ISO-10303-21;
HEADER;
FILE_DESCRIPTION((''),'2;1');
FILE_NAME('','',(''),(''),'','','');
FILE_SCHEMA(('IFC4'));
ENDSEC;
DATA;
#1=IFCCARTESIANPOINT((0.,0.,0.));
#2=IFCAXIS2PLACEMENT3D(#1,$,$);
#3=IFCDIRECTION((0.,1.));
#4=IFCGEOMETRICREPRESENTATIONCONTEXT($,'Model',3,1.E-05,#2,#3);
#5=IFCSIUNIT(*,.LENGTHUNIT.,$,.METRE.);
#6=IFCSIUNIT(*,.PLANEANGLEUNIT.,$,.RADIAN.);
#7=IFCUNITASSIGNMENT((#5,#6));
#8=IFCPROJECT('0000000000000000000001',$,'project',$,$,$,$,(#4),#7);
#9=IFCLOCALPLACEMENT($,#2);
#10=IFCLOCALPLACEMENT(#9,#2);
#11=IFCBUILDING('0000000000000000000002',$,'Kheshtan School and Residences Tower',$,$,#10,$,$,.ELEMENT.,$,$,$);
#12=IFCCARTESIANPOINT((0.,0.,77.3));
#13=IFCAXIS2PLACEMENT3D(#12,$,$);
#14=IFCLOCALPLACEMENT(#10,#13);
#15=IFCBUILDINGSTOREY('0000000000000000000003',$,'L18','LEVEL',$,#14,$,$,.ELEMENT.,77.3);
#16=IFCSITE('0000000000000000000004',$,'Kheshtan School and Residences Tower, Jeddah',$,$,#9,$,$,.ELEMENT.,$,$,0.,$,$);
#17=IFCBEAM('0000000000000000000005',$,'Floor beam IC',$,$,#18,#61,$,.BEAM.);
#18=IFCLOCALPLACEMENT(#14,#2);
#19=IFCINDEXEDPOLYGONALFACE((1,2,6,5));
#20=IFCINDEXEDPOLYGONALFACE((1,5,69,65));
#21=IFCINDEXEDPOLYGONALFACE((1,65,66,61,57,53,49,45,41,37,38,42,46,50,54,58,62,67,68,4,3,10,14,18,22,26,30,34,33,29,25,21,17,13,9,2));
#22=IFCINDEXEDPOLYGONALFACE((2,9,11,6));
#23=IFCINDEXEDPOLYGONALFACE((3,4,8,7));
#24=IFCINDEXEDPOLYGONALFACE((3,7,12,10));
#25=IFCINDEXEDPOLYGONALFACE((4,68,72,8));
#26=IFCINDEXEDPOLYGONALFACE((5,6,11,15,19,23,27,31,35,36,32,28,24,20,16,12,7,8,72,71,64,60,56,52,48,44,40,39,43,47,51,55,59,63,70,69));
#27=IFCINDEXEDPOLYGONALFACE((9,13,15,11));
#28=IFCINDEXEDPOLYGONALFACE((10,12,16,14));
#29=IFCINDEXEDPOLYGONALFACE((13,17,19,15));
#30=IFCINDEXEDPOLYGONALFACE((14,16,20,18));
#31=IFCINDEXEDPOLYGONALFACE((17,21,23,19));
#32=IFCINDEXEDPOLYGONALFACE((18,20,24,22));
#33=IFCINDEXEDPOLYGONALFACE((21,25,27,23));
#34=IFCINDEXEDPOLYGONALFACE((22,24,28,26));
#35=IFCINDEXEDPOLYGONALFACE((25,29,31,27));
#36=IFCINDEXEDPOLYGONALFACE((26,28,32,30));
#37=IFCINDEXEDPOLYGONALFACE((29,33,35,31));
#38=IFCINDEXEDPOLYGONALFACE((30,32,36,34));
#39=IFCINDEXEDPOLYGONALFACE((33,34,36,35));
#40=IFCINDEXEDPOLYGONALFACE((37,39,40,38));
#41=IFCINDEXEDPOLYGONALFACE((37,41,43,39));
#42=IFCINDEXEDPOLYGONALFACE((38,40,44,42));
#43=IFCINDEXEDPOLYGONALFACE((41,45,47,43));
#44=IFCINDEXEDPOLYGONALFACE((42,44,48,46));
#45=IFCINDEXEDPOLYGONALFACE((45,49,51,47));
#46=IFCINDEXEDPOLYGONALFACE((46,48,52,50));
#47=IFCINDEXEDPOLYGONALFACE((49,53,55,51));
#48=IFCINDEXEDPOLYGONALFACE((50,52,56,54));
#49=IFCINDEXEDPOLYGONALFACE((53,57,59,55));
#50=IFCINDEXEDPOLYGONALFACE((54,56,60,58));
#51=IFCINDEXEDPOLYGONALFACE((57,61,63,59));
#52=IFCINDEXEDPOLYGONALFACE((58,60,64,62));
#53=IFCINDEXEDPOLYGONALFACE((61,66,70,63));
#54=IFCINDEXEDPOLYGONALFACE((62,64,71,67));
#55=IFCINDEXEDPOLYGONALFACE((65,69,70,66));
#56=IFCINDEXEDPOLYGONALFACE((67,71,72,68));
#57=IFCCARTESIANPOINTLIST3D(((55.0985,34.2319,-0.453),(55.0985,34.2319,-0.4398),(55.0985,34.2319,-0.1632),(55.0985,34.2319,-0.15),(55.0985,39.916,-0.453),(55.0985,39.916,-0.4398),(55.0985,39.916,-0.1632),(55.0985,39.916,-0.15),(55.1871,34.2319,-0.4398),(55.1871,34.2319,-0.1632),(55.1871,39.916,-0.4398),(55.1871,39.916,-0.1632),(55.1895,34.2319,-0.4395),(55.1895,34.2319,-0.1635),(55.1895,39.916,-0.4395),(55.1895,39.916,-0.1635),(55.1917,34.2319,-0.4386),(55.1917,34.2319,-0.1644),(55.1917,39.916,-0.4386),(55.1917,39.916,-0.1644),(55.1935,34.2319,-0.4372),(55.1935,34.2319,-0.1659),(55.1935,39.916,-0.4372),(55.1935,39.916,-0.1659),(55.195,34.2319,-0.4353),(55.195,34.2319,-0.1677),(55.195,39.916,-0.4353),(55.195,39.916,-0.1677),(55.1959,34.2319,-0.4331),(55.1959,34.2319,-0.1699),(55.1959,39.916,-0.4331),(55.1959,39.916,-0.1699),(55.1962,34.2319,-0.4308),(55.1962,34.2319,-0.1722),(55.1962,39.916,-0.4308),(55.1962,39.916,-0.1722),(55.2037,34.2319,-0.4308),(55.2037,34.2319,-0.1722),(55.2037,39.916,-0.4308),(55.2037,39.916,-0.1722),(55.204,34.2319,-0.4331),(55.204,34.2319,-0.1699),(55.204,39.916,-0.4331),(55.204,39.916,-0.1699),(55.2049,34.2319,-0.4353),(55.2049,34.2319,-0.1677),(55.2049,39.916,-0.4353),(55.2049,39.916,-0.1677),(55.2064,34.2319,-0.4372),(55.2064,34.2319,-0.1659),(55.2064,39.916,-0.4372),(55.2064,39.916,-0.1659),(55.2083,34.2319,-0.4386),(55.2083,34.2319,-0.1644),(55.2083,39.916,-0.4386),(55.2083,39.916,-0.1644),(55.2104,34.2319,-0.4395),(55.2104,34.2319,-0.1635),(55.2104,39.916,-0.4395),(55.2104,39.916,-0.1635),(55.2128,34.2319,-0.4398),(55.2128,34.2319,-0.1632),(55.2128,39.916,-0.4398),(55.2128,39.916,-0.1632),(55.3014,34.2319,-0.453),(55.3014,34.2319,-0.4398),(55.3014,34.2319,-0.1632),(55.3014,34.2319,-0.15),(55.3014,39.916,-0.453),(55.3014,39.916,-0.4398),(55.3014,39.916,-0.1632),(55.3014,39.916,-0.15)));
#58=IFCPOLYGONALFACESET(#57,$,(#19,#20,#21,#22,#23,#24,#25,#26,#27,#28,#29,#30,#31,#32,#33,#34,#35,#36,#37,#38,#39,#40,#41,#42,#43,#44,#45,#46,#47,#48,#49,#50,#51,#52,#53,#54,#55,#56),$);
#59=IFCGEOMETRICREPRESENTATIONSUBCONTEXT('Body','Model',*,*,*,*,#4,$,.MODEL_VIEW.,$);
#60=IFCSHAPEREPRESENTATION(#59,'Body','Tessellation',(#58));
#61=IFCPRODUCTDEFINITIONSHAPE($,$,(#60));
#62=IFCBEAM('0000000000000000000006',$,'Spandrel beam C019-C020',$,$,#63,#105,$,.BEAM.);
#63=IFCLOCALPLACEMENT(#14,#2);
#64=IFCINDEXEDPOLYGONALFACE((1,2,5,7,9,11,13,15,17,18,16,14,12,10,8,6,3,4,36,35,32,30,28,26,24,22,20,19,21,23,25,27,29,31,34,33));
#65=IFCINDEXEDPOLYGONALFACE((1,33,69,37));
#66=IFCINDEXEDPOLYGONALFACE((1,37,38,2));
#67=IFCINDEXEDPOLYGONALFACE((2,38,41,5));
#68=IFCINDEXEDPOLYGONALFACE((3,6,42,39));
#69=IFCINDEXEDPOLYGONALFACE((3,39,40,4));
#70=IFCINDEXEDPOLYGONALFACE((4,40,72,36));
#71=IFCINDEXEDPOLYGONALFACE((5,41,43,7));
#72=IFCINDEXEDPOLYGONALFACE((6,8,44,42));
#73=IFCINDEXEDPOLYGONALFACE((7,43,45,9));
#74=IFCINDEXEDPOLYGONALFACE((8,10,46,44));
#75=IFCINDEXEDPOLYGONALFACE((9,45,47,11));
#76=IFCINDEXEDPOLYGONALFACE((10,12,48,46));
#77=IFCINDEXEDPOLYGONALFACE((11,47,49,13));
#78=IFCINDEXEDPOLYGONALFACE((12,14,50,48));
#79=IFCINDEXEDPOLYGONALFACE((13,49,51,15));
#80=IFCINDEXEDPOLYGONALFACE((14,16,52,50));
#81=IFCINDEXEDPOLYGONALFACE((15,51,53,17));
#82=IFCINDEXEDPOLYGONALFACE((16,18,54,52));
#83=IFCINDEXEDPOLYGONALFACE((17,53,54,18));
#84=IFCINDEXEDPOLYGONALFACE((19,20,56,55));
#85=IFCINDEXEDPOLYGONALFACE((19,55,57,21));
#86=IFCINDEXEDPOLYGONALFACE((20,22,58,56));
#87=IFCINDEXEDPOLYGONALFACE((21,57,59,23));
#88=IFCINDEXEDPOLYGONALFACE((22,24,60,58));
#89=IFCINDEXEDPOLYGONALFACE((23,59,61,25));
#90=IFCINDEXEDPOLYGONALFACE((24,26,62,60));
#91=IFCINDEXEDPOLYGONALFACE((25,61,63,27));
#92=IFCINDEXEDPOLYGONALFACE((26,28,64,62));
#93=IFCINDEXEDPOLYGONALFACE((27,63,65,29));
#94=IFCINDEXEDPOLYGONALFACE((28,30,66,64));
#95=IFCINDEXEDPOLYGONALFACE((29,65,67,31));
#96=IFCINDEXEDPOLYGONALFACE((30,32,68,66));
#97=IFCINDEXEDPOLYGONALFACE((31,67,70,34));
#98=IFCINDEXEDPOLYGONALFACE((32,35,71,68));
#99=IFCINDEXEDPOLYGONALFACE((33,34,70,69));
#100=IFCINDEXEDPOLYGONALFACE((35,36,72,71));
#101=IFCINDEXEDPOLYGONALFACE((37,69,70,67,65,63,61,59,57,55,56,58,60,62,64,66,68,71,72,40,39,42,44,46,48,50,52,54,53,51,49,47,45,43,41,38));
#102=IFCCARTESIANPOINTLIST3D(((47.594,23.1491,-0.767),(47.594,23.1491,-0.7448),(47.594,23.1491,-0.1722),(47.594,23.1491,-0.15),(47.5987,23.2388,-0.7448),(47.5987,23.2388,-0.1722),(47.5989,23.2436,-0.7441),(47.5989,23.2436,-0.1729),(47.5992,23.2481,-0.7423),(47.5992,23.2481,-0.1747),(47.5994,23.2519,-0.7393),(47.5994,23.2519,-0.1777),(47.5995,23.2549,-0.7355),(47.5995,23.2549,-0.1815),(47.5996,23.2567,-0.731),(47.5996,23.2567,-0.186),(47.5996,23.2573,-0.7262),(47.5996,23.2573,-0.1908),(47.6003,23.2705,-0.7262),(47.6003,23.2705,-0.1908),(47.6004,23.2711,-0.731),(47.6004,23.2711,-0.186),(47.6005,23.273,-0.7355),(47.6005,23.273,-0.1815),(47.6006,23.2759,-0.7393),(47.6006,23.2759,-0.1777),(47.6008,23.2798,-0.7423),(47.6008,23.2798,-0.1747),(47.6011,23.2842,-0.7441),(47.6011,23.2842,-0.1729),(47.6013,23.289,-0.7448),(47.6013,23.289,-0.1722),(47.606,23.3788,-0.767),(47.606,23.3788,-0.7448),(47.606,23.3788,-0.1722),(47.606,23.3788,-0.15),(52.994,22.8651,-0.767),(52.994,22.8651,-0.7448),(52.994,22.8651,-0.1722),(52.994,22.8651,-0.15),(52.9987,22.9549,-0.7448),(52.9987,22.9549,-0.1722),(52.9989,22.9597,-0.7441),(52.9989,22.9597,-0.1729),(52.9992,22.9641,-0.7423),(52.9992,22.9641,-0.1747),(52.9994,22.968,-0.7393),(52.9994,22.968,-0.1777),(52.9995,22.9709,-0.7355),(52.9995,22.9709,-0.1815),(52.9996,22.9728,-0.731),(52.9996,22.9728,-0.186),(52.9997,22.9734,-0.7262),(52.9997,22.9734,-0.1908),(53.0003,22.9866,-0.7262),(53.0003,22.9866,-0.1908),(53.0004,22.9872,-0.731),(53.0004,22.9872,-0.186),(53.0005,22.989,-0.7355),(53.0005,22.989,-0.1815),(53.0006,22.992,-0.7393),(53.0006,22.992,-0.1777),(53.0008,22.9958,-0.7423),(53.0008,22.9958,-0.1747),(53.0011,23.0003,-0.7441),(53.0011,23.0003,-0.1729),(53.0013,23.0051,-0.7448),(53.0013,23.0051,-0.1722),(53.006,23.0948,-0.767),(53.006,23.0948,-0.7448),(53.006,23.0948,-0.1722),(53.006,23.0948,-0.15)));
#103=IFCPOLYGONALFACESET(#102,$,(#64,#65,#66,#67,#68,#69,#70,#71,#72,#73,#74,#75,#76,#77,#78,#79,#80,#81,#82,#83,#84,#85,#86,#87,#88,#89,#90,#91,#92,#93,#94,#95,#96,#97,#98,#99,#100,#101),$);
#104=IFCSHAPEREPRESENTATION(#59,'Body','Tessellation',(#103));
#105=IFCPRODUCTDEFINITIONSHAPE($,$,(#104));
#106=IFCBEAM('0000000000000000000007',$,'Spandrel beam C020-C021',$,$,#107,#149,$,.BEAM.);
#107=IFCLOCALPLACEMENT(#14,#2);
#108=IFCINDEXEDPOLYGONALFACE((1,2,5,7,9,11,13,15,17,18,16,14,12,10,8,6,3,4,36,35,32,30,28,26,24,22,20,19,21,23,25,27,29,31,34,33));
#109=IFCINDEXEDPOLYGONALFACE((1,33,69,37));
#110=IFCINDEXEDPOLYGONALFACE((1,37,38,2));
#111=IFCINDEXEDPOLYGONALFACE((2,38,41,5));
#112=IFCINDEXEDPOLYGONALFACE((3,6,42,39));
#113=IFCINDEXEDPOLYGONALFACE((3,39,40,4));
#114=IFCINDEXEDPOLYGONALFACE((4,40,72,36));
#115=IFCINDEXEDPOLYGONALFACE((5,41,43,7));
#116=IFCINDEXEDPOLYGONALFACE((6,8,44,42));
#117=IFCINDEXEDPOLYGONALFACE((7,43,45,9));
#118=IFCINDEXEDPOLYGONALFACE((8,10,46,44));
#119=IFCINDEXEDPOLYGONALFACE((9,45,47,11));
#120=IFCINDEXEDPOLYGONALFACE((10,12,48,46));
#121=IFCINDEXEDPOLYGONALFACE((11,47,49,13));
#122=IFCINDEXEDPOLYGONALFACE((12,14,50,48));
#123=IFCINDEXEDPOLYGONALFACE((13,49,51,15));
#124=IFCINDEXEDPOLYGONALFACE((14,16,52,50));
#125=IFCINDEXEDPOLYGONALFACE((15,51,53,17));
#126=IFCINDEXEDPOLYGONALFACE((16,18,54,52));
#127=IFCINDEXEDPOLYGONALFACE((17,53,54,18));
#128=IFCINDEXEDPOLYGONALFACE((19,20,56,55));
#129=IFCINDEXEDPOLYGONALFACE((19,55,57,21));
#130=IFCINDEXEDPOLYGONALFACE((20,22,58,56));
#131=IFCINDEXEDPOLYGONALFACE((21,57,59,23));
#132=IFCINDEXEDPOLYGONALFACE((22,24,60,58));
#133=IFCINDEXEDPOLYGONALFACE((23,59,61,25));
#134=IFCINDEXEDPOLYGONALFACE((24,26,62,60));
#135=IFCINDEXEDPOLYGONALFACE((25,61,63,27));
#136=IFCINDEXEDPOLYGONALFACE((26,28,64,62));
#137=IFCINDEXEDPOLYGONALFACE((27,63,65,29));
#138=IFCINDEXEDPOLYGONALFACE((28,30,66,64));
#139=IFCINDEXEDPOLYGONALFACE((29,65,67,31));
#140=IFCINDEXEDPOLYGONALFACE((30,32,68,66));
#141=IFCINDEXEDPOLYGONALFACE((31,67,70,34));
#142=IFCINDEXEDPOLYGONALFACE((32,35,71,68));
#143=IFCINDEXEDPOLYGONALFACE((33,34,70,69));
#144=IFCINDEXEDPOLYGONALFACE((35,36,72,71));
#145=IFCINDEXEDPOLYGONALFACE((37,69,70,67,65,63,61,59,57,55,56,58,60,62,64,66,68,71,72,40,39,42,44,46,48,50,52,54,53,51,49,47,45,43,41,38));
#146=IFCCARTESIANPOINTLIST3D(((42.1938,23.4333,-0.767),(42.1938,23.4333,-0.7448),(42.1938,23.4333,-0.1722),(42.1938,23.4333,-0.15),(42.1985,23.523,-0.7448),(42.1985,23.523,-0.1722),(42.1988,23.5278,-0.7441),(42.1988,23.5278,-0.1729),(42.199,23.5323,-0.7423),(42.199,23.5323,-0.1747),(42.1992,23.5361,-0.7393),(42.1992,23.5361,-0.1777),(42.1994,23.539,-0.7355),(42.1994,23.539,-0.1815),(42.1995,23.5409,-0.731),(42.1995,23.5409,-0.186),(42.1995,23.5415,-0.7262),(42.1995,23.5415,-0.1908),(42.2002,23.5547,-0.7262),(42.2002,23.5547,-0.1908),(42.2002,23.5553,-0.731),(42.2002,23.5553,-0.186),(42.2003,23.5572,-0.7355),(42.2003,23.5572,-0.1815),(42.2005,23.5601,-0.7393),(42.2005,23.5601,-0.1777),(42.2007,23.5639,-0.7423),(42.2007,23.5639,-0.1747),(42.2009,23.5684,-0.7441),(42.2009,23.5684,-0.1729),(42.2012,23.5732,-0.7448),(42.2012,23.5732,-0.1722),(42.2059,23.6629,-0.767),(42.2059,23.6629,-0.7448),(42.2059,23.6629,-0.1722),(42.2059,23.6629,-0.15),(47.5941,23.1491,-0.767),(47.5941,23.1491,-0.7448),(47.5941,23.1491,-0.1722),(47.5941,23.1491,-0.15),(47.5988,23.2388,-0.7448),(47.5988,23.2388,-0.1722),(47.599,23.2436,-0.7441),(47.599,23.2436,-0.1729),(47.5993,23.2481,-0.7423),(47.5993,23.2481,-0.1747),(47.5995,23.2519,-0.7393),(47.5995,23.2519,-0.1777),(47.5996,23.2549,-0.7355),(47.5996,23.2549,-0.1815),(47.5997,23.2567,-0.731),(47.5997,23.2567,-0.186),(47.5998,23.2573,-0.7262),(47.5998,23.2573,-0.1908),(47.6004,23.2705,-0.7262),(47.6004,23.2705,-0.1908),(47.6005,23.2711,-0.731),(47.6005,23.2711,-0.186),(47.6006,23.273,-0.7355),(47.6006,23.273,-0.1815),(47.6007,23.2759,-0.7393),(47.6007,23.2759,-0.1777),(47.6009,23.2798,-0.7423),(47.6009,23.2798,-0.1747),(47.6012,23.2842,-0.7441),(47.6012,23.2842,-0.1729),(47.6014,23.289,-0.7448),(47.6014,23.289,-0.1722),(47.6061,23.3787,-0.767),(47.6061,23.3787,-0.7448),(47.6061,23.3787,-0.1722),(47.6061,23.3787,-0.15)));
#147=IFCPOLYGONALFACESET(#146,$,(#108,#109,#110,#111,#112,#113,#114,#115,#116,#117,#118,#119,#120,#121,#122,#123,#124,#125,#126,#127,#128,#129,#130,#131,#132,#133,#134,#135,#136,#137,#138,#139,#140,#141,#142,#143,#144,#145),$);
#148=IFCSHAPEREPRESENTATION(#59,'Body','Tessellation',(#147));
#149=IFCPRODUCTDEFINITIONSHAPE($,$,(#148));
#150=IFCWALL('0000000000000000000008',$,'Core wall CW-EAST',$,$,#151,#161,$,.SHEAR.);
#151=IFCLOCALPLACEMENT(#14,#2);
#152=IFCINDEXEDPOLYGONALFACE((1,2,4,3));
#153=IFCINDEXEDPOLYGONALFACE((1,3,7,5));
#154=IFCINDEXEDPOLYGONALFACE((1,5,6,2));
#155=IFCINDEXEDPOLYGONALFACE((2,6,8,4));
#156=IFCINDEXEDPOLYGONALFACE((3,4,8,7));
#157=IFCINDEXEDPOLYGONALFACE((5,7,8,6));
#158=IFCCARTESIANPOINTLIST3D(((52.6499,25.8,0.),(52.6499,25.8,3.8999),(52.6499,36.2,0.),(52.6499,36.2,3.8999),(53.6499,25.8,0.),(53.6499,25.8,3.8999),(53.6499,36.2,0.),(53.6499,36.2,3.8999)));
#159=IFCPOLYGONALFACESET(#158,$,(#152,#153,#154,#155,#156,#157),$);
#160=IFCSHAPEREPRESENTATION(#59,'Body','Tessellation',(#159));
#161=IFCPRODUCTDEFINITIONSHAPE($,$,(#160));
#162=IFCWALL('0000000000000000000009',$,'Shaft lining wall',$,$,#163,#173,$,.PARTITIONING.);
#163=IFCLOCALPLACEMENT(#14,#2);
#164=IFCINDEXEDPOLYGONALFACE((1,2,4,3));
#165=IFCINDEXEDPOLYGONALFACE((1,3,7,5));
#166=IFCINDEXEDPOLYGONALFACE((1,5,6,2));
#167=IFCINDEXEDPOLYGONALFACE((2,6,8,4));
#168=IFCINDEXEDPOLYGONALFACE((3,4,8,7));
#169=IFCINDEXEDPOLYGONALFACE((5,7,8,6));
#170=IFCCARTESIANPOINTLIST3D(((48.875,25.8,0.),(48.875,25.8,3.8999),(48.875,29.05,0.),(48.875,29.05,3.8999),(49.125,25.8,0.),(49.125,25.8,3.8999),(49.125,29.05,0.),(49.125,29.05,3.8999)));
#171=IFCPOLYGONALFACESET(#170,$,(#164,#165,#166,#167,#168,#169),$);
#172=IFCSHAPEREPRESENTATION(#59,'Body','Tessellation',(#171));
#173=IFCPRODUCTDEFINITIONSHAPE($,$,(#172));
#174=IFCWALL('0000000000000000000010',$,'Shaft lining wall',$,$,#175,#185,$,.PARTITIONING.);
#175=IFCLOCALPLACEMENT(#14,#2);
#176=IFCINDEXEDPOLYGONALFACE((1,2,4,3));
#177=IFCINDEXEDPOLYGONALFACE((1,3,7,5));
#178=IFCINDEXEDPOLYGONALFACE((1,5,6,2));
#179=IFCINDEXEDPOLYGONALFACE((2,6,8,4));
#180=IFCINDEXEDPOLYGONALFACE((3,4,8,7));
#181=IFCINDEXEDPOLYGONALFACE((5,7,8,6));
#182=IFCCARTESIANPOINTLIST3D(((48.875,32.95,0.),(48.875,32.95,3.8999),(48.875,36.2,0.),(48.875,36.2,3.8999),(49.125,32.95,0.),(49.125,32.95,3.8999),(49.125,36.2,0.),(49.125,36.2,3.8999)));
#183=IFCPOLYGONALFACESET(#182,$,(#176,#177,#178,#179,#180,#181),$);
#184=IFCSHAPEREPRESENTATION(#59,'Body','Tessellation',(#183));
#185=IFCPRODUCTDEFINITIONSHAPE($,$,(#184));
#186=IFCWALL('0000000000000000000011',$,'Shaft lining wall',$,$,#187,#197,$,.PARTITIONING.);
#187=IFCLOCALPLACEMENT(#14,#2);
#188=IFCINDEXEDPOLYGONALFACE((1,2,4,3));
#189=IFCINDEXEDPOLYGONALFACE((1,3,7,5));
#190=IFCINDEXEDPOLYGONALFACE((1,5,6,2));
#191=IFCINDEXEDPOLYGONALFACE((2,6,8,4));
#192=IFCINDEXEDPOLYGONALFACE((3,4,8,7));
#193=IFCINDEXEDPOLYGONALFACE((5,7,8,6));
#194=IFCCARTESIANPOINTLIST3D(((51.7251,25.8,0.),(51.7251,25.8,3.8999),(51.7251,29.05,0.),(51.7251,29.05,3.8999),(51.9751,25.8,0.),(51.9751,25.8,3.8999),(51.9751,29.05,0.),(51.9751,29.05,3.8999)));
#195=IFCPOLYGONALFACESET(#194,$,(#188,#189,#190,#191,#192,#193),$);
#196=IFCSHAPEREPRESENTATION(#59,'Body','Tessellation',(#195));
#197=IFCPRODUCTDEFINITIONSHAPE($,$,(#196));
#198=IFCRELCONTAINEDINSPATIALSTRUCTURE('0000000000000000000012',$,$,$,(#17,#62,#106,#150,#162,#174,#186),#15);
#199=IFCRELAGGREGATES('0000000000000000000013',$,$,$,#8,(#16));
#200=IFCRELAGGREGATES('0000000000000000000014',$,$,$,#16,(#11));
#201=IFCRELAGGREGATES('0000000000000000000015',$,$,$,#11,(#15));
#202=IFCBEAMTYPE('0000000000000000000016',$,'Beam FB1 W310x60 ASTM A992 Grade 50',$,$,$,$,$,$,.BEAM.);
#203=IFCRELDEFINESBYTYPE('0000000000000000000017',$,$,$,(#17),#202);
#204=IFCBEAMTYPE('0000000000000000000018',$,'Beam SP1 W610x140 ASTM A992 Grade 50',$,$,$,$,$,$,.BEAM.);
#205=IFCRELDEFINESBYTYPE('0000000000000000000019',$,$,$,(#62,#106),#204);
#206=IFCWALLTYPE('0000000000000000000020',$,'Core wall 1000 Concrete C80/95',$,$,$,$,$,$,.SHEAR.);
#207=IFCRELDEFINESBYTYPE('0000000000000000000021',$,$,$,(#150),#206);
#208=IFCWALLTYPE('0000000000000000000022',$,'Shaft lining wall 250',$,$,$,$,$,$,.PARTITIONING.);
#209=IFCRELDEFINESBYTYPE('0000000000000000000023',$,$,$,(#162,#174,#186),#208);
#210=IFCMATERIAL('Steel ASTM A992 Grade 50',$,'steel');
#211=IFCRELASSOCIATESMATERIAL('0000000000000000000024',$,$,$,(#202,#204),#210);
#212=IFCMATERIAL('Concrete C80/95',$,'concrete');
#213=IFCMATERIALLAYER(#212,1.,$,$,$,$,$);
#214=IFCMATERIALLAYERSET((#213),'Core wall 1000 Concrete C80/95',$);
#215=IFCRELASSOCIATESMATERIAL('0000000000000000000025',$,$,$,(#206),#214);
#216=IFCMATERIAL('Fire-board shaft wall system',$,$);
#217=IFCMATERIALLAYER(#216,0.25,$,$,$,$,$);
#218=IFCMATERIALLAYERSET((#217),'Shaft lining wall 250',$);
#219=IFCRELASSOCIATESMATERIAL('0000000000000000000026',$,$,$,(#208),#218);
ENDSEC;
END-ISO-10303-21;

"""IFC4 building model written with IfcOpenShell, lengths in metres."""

from ifc_helpers import new_model, si_unit, direction, frame, frame_2d, origin, origin_2d, place, context, subcontext, project, spatial, rectangle, i_section, extrude, material, layer, layer_set, material_profile, profile_set, type_object, element, save


model = new_model("IFC4")

# Units and contexts
model_context = context("Model", 3, precision=1e-05, world=origin(), true_north=direction((0.0, 1.0)))
body_context = subcontext(model_context, "Body", "Model", "MODEL_VIEW")
ifc_project = project(units=[si_unit("LENGTHUNIT", "METRE"), si_unit("PLANEANGLEUNIT", "RADIAN")], contexts=[model_context])

# Site, building, storey
site_placement = place(None, origin())
site = spatial("IfcSite", under=ifc_project, at=site_placement, Name="Kheshtan School and Residences Tower, Jeddah", CompositionType="ELEMENT", RefElevation=0.0)
building_placement = place(site_placement, origin())
building = spatial("IfcBuilding", under=site, at=building_placement, Name="Kheshtan School and Residences Tower", CompositionType="ELEMENT")
storey_placement = place(building_placement, frame((0.0, 0.0, 77.3)))
storey = spatial("IfcBuildingStorey", under=building, at=storey_placement, Name="L18", Description="LEVEL", CompositionType="ELEMENT", Elevation=77.3)

# Shared definitions
ifc_material_1 = material(Name="Steel ASTM A992 Grade 50", Category="steel")

# Beams
ifc_material_profile_1 = material_profile(ifc_material_1, i_section(OverallWidth=0.2029, OverallDepth=0.303, WebThickness=0.0076, FlangeThickness=0.0132, FilletRadius=0.009, at=origin_2d()), Name="W310x60")
ifc_profile_set_1 = profile_set([ifc_material_profile_1], Name="Steel ASTM A992 Grade 50")
beam_type_1 = type_object("IfcBeamType", Name="Beam FB1 W310x60 ASTM A992 Grade 50", PredefinedType="BEAM", material=ifc_profile_set_1)
beam_1_placement = place(storey_placement, frame((55.2, 34.2319, -0.3015), z_axis=(0.0, 1.0, 0.0), x_axis=(-1.0, 0.0, 0.0)))
element("IfcBeam", 1, at=beam_1_placement, inside=storey, type_object=beam_type_1, Name="Floor beam IC", PredefinedType="BEAM", context=body_context, shape_type="SweptSolid", body=[
    extrude(i_section(OverallWidth=0.2029, OverallDepth=0.303, WebThickness=0.0076, FlangeThickness=0.0132, FilletRadius=0.009, at=origin_2d()), origin(), (0.0, 0.0, 1.0), 5.6841),
])
ifc_material_profile_2 = material_profile(ifc_material_1, i_section(OverallWidth=0.23, OverallDepth=0.6169, WebThickness=0.0132, FlangeThickness=0.0222, FilletRadius=0.0186, at=origin_2d()), Name="W610x140")
ifc_profile_set_2 = profile_set([ifc_material_profile_2], Name="Steel ASTM A992 Grade 50")
beam_type_2 = type_object("IfcBeamType", Name="Beam SP1 W610x140 ASTM A992 Grade 50", PredefinedType="BEAM", material=ifc_profile_set_2)
beam_2_placement = place(storey_placement, frame((53.0, 22.98, -0.4585), z_axis=(-0.99862, 0.052509, 0.0), x_axis=(-0.052509, -0.99862, 0.0)))
element("IfcBeam", 2, at=beam_2_placement, inside=storey, type_object=beam_type_2, Name="Spandrel beam C019-C020", PredefinedType="BEAM", context=body_context, shape_type="SweptSolid", body=[
    extrude(i_section(OverallWidth=0.23, OverallDepth=0.6169, WebThickness=0.0132, FlangeThickness=0.0222, FilletRadius=0.0186, at=origin_2d()), origin(), (0.0, 0.0, 1.0), 5.4075),
])
beam_3_placement = place(storey_placement, frame((47.6001, 23.2639, -0.4585), z_axis=(-0.998618, 0.052552, 0.0), x_axis=(-0.052552, -0.998618, 0.0)))
element("IfcBeam", 3, at=beam_3_placement, inside=storey, type_object=beam_type_2, Name="Spandrel beam C020-C021", PredefinedType="BEAM", context=body_context, shape_type="SweptSolid", body=[
    extrude(i_section(OverallWidth=0.23, OverallDepth=0.6169, WebThickness=0.0132, FlangeThickness=0.0222, FilletRadius=0.0186, at=origin_2d()), origin(), (0.0, 0.0, 1.0), 5.4077),
])

# Walls
ifc_material_2 = material(Name="Concrete C80/95", Category="concrete")
ifc_layer_1 = layer(ifc_material_2, 1.0)
ifc_layer_set_1 = layer_set([ifc_layer_1], Name="Core wall 1000 Concrete C80/95")
wall_type_1 = type_object("IfcWallType", Name="Core wall 1000 Concrete C80/95", PredefinedType="SHEAR", material=ifc_layer_set_1)
wall_1_placement = place(storey_placement, frame((53.1499, 25.8, 0.0), z_axis=(0.0, 0.0, 1.0), x_axis=(0.0, 1.0, 0.0)))
element("IfcWall", 4, at=wall_1_placement, inside=storey, type_object=wall_type_1, Name="Core wall CW-EAST", PredefinedType="SHEAR", context=body_context, shape_type="SweptSolid", body=[
    extrude(rectangle(XDim=10.3999, YDim=1.0, at=frame_2d((5.2, 0.0))), origin(), (0.0, 0.0, 1.0), 3.8999),
])
ifc_material_3 = material(Name="Fire-board shaft wall system")
ifc_layer_2 = layer(ifc_material_3, 0.25)
ifc_layer_set_2 = layer_set([ifc_layer_2], Name="Shaft lining wall 250")
wall_type_2 = type_object("IfcWallType", Name="Shaft lining wall 250", PredefinedType="PARTITIONING", material=ifc_layer_set_2)
for number, where, z_axis, x_axis, name in (
    (5, (49.0, 25.8, 0.0), (0.0, 0.0, 1.0), (0.0, 1.0, 0.0), "Shaft lining wall"),
    (6, (49.0, 32.95, 0.0), (0.0, 0.0, 1.0), (0.0, 1.0, 0.0), "Shaft lining wall"),
    (7, (51.8501, 25.8, 0.0), (0.0, 0.0, 1.0), (0.0, 1.0, 0.0), "Shaft lining wall"),
):
    element("IfcWall", number, at=place(storey_placement, frame(where, z_axis=z_axis, x_axis=x_axis)), inside=storey, type_object=wall_type_2, Name=name, PredefinedType="PARTITIONING", context=body_context, shape_type="SweptSolid", body=[
        extrude(rectangle(XDim=3.25, YDim=0.25, at=frame_2d((1.625, 0.0))), origin(), (0.0, 0.0, 1.0), 3.8999),
    ])

save(model, "model.ifc")
